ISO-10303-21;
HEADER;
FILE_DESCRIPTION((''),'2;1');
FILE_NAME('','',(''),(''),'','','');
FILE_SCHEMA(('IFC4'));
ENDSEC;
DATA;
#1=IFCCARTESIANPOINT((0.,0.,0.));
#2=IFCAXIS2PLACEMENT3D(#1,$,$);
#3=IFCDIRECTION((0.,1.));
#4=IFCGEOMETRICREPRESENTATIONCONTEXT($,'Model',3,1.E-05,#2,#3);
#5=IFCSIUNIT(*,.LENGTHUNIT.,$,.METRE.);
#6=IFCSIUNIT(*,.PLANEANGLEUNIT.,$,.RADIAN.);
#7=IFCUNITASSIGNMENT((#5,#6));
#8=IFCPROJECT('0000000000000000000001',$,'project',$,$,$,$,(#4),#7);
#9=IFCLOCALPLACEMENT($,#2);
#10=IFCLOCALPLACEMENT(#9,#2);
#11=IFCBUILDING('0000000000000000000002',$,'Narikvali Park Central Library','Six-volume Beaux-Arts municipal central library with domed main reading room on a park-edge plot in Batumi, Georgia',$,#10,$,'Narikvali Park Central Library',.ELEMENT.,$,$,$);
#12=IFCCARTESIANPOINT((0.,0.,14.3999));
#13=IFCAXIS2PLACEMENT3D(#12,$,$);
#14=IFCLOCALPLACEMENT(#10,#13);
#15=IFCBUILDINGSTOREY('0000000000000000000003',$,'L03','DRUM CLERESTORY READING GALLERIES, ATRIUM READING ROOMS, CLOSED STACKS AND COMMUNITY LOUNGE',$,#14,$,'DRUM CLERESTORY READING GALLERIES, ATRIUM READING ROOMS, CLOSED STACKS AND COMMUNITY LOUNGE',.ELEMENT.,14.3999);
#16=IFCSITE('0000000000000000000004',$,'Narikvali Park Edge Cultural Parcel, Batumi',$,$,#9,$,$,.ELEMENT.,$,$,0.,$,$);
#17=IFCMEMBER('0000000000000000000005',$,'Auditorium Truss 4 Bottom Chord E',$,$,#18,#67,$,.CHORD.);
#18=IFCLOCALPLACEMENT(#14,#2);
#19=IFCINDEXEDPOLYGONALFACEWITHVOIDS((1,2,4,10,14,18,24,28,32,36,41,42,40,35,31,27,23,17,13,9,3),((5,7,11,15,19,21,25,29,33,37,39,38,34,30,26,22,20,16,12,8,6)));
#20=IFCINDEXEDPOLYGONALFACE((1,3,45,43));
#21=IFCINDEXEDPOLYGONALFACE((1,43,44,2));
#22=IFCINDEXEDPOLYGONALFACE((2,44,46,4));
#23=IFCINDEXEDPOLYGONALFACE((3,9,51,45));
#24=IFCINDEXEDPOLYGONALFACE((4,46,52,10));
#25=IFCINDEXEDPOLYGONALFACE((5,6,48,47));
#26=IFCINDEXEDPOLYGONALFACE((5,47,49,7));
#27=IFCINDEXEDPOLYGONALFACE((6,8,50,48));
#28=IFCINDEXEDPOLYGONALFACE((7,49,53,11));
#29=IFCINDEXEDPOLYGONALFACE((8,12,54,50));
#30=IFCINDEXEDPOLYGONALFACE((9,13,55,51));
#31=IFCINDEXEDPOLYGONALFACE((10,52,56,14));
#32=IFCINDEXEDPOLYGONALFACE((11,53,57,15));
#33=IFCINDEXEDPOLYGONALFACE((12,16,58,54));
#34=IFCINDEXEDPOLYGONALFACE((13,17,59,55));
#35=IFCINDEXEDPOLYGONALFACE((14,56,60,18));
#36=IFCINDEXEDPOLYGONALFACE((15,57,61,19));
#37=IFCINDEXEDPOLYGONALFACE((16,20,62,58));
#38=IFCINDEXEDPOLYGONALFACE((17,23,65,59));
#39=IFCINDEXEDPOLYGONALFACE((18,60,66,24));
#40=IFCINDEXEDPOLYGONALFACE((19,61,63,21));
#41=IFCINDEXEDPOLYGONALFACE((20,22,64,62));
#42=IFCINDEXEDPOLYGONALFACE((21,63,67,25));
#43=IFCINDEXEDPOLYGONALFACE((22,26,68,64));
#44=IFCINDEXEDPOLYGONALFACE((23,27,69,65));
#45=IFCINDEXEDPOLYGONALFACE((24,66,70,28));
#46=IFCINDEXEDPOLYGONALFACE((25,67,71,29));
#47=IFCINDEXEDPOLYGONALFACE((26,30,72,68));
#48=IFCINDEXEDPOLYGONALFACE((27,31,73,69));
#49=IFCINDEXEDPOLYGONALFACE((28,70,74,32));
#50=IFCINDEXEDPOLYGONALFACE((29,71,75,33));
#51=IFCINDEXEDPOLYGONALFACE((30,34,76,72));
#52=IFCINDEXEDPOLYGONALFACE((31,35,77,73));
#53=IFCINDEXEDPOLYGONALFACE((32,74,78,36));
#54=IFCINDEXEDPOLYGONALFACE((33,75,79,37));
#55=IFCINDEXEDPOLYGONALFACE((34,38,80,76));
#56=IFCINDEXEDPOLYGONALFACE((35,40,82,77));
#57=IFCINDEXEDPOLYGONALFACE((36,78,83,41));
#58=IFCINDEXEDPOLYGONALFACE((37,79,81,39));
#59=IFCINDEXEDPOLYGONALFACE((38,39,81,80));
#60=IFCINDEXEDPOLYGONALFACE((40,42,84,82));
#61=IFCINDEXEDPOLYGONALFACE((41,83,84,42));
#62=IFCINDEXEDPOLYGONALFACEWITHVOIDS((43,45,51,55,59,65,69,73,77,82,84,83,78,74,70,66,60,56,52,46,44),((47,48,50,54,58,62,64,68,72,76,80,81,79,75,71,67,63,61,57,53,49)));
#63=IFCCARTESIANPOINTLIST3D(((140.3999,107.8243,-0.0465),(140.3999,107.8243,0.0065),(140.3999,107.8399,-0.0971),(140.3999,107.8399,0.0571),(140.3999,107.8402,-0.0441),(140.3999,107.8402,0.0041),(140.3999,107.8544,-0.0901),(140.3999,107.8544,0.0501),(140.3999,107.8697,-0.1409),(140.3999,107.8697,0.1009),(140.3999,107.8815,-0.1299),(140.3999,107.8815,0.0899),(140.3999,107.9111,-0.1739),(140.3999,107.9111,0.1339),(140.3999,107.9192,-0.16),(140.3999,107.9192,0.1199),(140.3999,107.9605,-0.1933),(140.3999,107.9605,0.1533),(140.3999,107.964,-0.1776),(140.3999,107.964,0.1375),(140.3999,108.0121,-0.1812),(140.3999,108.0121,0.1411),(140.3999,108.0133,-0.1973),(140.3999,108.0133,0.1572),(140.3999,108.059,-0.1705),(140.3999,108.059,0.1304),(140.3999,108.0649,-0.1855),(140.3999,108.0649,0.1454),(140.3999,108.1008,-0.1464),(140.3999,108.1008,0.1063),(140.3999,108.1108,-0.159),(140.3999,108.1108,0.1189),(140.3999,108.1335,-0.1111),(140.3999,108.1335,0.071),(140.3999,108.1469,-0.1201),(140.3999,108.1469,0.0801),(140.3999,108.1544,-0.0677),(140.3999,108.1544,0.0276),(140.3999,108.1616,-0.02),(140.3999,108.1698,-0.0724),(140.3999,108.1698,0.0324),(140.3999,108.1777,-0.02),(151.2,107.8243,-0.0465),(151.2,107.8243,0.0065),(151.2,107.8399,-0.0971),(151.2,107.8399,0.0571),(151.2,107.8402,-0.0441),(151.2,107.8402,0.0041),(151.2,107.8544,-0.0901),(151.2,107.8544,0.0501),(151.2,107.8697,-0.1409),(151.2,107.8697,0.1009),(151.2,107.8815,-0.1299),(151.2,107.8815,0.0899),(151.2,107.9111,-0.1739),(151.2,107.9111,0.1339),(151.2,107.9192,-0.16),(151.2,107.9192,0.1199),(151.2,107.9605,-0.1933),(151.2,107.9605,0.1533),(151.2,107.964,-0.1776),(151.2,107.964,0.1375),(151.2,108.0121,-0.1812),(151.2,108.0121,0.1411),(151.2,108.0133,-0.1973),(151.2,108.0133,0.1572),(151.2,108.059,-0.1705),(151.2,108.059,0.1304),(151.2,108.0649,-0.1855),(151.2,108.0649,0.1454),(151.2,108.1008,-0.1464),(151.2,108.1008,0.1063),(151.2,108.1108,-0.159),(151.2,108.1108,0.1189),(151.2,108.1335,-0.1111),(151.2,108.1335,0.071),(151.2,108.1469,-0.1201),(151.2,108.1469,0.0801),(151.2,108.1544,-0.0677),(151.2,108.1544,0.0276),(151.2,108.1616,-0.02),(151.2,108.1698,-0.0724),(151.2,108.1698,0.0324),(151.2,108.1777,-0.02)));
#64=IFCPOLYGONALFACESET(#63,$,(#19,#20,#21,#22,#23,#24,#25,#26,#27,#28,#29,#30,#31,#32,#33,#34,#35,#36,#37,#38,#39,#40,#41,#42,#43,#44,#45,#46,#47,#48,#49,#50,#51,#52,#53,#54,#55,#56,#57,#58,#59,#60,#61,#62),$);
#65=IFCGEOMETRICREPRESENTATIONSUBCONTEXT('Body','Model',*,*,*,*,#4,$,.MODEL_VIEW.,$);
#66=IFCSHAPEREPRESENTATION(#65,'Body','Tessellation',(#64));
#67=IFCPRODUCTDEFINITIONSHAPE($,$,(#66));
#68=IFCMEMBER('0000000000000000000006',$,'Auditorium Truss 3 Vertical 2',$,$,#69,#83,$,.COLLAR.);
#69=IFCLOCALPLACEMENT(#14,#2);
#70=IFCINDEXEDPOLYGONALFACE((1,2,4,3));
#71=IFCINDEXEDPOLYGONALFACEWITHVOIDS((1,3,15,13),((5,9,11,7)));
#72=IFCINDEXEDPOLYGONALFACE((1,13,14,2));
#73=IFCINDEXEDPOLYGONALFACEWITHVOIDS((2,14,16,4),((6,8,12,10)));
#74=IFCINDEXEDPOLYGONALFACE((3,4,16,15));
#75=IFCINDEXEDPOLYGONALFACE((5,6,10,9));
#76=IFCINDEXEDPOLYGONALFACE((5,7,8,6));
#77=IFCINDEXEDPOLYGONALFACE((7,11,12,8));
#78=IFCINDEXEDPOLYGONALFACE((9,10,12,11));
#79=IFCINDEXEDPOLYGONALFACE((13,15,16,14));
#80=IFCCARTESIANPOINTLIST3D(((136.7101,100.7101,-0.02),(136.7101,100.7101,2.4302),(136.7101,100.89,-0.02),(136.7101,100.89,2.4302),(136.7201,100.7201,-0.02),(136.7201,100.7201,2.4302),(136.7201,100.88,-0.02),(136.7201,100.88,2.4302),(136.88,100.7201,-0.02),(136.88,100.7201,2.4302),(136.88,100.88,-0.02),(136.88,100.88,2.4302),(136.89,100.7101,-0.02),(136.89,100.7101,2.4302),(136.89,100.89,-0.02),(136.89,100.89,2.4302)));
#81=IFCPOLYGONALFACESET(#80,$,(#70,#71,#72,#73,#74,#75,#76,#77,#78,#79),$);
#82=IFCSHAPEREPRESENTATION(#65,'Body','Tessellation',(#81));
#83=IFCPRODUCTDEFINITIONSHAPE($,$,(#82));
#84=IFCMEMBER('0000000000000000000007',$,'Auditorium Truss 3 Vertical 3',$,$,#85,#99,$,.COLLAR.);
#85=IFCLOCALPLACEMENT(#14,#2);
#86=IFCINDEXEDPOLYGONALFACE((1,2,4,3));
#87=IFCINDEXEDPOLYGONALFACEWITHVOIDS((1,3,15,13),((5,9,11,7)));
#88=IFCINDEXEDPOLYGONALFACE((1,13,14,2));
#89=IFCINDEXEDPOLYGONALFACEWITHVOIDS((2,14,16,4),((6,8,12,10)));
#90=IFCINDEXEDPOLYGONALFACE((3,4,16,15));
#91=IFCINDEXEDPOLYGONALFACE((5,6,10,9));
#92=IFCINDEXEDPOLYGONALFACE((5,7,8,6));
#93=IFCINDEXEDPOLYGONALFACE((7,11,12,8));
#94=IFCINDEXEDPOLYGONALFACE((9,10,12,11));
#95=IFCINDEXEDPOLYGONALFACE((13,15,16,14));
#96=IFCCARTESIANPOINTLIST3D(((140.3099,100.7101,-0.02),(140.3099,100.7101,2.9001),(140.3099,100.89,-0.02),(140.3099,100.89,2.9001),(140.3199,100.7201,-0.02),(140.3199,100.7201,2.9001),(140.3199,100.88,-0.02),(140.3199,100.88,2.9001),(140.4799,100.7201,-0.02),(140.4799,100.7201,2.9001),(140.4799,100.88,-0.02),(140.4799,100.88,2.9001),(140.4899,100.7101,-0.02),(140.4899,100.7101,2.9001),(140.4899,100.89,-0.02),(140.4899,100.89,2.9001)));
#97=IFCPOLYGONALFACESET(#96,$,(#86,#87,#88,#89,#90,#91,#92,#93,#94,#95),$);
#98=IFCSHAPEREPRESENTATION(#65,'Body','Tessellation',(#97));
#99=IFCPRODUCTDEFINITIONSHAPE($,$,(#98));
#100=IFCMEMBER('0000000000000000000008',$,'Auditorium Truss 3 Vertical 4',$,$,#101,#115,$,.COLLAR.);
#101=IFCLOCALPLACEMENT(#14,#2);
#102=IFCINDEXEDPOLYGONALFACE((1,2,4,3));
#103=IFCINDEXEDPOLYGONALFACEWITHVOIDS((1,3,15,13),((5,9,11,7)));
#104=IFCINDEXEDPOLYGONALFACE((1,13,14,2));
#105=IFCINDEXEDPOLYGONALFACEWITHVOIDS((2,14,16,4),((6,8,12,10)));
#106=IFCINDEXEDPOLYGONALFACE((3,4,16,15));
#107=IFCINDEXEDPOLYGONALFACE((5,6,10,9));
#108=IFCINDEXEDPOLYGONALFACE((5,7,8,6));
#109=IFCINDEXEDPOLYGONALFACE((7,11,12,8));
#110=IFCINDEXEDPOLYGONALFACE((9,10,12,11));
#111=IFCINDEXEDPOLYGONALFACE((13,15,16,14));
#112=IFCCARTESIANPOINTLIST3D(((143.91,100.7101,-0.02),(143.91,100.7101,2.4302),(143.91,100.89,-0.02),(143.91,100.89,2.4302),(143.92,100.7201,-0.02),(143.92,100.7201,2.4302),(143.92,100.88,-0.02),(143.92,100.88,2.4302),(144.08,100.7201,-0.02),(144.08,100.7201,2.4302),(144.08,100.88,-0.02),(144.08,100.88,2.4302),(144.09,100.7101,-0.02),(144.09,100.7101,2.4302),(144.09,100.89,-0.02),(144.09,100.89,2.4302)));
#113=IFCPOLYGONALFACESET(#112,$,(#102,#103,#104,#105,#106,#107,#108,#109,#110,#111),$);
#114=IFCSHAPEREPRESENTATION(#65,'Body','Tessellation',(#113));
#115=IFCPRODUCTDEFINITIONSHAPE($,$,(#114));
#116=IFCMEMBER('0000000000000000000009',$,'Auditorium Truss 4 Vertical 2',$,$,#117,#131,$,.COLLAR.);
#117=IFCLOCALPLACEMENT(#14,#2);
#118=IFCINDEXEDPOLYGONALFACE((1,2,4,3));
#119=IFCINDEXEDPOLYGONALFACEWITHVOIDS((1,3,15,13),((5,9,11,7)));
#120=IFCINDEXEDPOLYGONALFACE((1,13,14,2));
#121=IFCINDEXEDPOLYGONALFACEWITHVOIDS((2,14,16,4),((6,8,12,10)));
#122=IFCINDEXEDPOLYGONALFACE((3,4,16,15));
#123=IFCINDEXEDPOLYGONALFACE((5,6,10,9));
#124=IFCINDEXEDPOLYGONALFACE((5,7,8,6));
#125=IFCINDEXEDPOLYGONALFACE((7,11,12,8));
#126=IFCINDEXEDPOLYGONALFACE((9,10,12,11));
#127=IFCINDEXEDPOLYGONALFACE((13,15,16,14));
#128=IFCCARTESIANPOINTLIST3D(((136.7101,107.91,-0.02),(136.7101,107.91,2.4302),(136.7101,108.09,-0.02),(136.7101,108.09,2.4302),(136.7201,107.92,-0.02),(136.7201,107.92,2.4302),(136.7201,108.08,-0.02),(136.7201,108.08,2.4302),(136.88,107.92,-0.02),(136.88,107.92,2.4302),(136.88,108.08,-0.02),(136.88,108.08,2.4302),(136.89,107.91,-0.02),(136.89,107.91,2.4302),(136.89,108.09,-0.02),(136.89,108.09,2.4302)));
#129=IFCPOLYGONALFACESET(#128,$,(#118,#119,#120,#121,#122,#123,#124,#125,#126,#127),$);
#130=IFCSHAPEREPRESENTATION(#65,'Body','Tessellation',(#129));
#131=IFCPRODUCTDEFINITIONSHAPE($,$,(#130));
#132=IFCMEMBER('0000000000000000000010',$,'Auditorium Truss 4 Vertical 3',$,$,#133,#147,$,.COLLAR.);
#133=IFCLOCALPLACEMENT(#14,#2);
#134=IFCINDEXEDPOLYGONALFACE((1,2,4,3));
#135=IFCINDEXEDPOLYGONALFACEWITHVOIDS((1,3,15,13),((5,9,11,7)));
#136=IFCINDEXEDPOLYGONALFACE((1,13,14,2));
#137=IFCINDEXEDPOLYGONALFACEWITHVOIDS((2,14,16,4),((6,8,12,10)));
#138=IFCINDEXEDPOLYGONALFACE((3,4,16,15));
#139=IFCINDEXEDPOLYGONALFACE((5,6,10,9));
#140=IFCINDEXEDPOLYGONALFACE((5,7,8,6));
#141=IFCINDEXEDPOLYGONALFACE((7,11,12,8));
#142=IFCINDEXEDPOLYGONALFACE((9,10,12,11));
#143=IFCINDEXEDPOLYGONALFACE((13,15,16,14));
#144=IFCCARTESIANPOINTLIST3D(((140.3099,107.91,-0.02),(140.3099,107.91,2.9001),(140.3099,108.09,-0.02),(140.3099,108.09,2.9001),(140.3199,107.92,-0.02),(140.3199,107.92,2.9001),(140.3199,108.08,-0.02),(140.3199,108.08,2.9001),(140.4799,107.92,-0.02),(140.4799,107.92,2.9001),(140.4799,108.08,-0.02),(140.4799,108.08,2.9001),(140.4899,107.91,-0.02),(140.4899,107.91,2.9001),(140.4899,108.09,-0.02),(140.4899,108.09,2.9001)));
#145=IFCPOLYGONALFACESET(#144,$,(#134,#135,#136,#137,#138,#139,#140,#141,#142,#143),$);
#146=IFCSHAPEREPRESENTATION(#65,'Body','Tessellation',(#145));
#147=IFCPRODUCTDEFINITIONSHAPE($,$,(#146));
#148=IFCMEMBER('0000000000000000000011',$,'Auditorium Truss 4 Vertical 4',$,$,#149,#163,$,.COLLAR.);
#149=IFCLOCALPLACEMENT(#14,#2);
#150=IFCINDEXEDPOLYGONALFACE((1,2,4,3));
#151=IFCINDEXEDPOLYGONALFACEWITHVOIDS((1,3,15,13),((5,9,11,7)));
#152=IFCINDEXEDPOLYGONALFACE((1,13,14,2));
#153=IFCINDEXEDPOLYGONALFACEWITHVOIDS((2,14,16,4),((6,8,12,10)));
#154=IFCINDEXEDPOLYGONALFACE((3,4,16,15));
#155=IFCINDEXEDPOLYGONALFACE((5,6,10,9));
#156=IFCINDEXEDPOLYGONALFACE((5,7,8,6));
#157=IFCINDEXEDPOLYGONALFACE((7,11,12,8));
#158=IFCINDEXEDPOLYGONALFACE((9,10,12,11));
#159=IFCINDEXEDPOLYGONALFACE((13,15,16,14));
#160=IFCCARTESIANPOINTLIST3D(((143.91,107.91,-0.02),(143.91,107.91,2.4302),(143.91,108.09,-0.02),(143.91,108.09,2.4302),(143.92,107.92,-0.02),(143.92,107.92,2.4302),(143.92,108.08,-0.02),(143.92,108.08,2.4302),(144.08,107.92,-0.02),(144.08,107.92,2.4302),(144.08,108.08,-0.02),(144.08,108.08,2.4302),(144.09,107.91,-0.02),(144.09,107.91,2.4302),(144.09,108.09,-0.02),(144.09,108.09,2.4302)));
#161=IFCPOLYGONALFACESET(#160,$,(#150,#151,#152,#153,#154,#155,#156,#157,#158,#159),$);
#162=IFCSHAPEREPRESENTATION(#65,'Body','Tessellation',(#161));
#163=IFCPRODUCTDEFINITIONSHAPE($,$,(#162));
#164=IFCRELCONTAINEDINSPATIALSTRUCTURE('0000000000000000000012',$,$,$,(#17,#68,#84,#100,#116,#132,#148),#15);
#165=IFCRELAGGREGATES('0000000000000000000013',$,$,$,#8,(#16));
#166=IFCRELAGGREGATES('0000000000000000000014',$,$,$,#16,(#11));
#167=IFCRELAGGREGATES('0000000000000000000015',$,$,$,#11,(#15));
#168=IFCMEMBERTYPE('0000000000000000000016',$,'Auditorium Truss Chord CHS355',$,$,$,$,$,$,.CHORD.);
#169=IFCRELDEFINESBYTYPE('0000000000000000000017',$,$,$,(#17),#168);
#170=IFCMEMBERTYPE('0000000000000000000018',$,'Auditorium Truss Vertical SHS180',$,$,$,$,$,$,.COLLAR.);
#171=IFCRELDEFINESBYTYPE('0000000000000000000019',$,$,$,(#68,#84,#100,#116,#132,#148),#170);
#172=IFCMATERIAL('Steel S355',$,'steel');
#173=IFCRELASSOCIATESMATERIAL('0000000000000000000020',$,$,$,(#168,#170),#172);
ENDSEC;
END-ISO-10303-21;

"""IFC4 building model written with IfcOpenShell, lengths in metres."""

from ifc_helpers import new_model, si_unit, direction, frame, origin, origin_2d, place, context, subcontext, project, spatial, hollow_rectangle, hollow_circle, extrude, material, material_profile, profile_set, type_object, element, save


model = new_model("IFC4")

# Units and contexts
model_context = context("Model", 3, precision=1e-05, world=origin(), true_north=direction((0.0, 1.0)))
body_context = subcontext(model_context, "Body", "Model", "MODEL_VIEW")
ifc_project = project(units=[si_unit("LENGTHUNIT", "METRE"), si_unit("PLANEANGLEUNIT", "RADIAN")], contexts=[model_context])

# Site, building, storey
site_placement = place(None, origin())
site = spatial("IfcSite", under=ifc_project, at=site_placement, Name="Narikvali Park Edge Cultural Parcel, Batumi", CompositionType="ELEMENT", RefElevation=0.0)
building_placement = place(site_placement, origin())
building = spatial("IfcBuilding", under=site, at=building_placement, Name="Narikvali Park Central Library", Description="Six-volume Beaux-Arts municipal central library with domed main reading room on a park-edge plot in Batumi, Georgia", LongName="Narikvali Park Central Library", CompositionType="ELEMENT")
storey_placement = place(building_placement, frame((0.0, 0.0, 14.3999)))
storey = spatial("IfcBuildingStorey", under=building, at=storey_placement, Name="L03", Description="DRUM CLERESTORY READING GALLERIES, ATRIUM READING ROOMS, CLOSED STACKS AND COMMUNITY LOUNGE", LongName="DRUM CLERESTORY READING GALLERIES, ATRIUM READING ROOMS, CLOSED STACKS AND COMMUNITY LOUNGE", CompositionType="ELEMENT", Elevation=14.3999)

# Members
ifc_material = material(Name="Steel S355", Category="steel")
ifc_material_profile_1 = material_profile(ifc_material, hollow_circle(Radius=0.1777, WallThickness=0.0161, at=origin_2d()), Name="CHS 355.6x16")
ifc_profile_set_1 = profile_set([ifc_material_profile_1], Name="Steel S355")
member_type_1 = type_object("IfcMemberType", Name="Auditorium Truss Chord CHS355", PredefinedType="CHORD", material=ifc_profile_set_1)
for number, where, z_axis, x_axis, name in (
    (1, (140.3999, 108.0, -0.02), (1.0, 0.0, 0.0), (0.0, 1.0, 0.0), "Auditorium Truss 4 Bottom Chord E"),
):
    element("IfcMember", number, at=place(storey_placement, frame(where, z_axis=z_axis, x_axis=x_axis)), inside=storey, type_object=member_type_1, Name=name, PredefinedType="CHORD", context=body_context, shape_type="SweptSolid", body=[
        extrude(hollow_circle(Radius=0.1777, WallThickness=0.0161, at=origin_2d()), origin(), (0.0, 0.0, 1.0), 10.8),
    ])
ifc_material_profile_2 = material_profile(ifc_material, hollow_rectangle(XDim=0.1799, YDim=0.1799, WallThickness=0.01, at=origin_2d()), Name="SHS 180x180x10")
ifc_profile_set_2 = profile_set([ifc_material_profile_2], Name="Steel S355")
member_type_2 = type_object("IfcMemberType", Name="Auditorium Truss Vertical SHS180", PredefinedType="COLLAR", material=ifc_profile_set_2)
member_1_placement = place(storey_placement, frame((136.8, 100.8, -0.02), z_axis=(0.0, 0.0, 1.0), x_axis=(1.0, 0.0, 0.0)))
element("IfcMember", 2, at=member_1_placement, inside=storey, type_object=member_type_2, Name="Auditorium Truss 3 Vertical 2", PredefinedType="COLLAR", context=body_context, shape_type="SweptSolid", body=[
    extrude(hollow_rectangle(XDim=0.1799, YDim=0.1799, WallThickness=0.01, at=origin_2d()), origin(), (0.0, 0.0, 1.0), 2.4502),
])
member_2_placement = place(storey_placement, frame((140.3999, 100.8, -0.02), z_axis=(0.0, 0.0, 1.0), x_axis=(1.0, 0.0, 0.0)))
element("IfcMember", 3, at=member_2_placement, inside=storey, type_object=member_type_2, Name="Auditorium Truss 3 Vertical 3", PredefinedType="COLLAR", context=body_context, shape_type="SweptSolid", body=[
    extrude(hollow_rectangle(XDim=0.1799, YDim=0.1799, WallThickness=0.01, at=origin_2d()), origin(), (0.0, 0.0, 1.0), 2.9202),
])
for number, where, z_axis, x_axis, name in (
    (4, (144.0, 100.8, -0.02), (0.0, 0.0, 1.0), (1.0, 0.0, 0.0), "Auditorium Truss 3 Vertical 4"),
    (5, (136.8, 108.0, -0.02), (0.0, 0.0, 1.0), (1.0, 0.0, 0.0), "Auditorium Truss 4 Vertical 2"),
):
    element("IfcMember", number, at=place(storey_placement, frame(where, z_axis=z_axis, x_axis=x_axis)), inside=storey, type_object=member_type_2, Name=name, PredefinedType="COLLAR", context=body_context, shape_type="SweptSolid", body=[
        extrude(hollow_rectangle(XDim=0.1799, YDim=0.1799, WallThickness=0.01, at=origin_2d()), origin(), (0.0, 0.0, 1.0), 2.4502),
    ])
member_3_placement = place(storey_placement, frame((140.3999, 108.0, -0.02), z_axis=(0.0, 0.0, 1.0), x_axis=(1.0, 0.0, 0.0)))
element("IfcMember", 6, at=member_3_placement, inside=storey, type_object=member_type_2, Name="Auditorium Truss 4 Vertical 3", PredefinedType="COLLAR", context=body_context, shape_type="SweptSolid", body=[
    extrude(hollow_rectangle(XDim=0.1799, YDim=0.1799, WallThickness=0.01, at=origin_2d()), origin(), (0.0, 0.0, 1.0), 2.9202),
])
member_4_placement = place(storey_placement, frame((144.0, 108.0, -0.02), z_axis=(0.0, 0.0, 1.0), x_axis=(1.0, 0.0, 0.0)))
element("IfcMember", 7, at=member_4_placement, inside=storey, type_object=member_type_2, Name="Auditorium Truss 4 Vertical 4", PredefinedType="COLLAR", context=body_context, shape_type="SweptSolid", body=[
    extrude(hollow_rectangle(XDim=0.1799, YDim=0.1799, WallThickness=0.01, at=origin_2d()), origin(), (0.0, 0.0, 1.0), 2.4502),
])

save(model, "model.ifc")
